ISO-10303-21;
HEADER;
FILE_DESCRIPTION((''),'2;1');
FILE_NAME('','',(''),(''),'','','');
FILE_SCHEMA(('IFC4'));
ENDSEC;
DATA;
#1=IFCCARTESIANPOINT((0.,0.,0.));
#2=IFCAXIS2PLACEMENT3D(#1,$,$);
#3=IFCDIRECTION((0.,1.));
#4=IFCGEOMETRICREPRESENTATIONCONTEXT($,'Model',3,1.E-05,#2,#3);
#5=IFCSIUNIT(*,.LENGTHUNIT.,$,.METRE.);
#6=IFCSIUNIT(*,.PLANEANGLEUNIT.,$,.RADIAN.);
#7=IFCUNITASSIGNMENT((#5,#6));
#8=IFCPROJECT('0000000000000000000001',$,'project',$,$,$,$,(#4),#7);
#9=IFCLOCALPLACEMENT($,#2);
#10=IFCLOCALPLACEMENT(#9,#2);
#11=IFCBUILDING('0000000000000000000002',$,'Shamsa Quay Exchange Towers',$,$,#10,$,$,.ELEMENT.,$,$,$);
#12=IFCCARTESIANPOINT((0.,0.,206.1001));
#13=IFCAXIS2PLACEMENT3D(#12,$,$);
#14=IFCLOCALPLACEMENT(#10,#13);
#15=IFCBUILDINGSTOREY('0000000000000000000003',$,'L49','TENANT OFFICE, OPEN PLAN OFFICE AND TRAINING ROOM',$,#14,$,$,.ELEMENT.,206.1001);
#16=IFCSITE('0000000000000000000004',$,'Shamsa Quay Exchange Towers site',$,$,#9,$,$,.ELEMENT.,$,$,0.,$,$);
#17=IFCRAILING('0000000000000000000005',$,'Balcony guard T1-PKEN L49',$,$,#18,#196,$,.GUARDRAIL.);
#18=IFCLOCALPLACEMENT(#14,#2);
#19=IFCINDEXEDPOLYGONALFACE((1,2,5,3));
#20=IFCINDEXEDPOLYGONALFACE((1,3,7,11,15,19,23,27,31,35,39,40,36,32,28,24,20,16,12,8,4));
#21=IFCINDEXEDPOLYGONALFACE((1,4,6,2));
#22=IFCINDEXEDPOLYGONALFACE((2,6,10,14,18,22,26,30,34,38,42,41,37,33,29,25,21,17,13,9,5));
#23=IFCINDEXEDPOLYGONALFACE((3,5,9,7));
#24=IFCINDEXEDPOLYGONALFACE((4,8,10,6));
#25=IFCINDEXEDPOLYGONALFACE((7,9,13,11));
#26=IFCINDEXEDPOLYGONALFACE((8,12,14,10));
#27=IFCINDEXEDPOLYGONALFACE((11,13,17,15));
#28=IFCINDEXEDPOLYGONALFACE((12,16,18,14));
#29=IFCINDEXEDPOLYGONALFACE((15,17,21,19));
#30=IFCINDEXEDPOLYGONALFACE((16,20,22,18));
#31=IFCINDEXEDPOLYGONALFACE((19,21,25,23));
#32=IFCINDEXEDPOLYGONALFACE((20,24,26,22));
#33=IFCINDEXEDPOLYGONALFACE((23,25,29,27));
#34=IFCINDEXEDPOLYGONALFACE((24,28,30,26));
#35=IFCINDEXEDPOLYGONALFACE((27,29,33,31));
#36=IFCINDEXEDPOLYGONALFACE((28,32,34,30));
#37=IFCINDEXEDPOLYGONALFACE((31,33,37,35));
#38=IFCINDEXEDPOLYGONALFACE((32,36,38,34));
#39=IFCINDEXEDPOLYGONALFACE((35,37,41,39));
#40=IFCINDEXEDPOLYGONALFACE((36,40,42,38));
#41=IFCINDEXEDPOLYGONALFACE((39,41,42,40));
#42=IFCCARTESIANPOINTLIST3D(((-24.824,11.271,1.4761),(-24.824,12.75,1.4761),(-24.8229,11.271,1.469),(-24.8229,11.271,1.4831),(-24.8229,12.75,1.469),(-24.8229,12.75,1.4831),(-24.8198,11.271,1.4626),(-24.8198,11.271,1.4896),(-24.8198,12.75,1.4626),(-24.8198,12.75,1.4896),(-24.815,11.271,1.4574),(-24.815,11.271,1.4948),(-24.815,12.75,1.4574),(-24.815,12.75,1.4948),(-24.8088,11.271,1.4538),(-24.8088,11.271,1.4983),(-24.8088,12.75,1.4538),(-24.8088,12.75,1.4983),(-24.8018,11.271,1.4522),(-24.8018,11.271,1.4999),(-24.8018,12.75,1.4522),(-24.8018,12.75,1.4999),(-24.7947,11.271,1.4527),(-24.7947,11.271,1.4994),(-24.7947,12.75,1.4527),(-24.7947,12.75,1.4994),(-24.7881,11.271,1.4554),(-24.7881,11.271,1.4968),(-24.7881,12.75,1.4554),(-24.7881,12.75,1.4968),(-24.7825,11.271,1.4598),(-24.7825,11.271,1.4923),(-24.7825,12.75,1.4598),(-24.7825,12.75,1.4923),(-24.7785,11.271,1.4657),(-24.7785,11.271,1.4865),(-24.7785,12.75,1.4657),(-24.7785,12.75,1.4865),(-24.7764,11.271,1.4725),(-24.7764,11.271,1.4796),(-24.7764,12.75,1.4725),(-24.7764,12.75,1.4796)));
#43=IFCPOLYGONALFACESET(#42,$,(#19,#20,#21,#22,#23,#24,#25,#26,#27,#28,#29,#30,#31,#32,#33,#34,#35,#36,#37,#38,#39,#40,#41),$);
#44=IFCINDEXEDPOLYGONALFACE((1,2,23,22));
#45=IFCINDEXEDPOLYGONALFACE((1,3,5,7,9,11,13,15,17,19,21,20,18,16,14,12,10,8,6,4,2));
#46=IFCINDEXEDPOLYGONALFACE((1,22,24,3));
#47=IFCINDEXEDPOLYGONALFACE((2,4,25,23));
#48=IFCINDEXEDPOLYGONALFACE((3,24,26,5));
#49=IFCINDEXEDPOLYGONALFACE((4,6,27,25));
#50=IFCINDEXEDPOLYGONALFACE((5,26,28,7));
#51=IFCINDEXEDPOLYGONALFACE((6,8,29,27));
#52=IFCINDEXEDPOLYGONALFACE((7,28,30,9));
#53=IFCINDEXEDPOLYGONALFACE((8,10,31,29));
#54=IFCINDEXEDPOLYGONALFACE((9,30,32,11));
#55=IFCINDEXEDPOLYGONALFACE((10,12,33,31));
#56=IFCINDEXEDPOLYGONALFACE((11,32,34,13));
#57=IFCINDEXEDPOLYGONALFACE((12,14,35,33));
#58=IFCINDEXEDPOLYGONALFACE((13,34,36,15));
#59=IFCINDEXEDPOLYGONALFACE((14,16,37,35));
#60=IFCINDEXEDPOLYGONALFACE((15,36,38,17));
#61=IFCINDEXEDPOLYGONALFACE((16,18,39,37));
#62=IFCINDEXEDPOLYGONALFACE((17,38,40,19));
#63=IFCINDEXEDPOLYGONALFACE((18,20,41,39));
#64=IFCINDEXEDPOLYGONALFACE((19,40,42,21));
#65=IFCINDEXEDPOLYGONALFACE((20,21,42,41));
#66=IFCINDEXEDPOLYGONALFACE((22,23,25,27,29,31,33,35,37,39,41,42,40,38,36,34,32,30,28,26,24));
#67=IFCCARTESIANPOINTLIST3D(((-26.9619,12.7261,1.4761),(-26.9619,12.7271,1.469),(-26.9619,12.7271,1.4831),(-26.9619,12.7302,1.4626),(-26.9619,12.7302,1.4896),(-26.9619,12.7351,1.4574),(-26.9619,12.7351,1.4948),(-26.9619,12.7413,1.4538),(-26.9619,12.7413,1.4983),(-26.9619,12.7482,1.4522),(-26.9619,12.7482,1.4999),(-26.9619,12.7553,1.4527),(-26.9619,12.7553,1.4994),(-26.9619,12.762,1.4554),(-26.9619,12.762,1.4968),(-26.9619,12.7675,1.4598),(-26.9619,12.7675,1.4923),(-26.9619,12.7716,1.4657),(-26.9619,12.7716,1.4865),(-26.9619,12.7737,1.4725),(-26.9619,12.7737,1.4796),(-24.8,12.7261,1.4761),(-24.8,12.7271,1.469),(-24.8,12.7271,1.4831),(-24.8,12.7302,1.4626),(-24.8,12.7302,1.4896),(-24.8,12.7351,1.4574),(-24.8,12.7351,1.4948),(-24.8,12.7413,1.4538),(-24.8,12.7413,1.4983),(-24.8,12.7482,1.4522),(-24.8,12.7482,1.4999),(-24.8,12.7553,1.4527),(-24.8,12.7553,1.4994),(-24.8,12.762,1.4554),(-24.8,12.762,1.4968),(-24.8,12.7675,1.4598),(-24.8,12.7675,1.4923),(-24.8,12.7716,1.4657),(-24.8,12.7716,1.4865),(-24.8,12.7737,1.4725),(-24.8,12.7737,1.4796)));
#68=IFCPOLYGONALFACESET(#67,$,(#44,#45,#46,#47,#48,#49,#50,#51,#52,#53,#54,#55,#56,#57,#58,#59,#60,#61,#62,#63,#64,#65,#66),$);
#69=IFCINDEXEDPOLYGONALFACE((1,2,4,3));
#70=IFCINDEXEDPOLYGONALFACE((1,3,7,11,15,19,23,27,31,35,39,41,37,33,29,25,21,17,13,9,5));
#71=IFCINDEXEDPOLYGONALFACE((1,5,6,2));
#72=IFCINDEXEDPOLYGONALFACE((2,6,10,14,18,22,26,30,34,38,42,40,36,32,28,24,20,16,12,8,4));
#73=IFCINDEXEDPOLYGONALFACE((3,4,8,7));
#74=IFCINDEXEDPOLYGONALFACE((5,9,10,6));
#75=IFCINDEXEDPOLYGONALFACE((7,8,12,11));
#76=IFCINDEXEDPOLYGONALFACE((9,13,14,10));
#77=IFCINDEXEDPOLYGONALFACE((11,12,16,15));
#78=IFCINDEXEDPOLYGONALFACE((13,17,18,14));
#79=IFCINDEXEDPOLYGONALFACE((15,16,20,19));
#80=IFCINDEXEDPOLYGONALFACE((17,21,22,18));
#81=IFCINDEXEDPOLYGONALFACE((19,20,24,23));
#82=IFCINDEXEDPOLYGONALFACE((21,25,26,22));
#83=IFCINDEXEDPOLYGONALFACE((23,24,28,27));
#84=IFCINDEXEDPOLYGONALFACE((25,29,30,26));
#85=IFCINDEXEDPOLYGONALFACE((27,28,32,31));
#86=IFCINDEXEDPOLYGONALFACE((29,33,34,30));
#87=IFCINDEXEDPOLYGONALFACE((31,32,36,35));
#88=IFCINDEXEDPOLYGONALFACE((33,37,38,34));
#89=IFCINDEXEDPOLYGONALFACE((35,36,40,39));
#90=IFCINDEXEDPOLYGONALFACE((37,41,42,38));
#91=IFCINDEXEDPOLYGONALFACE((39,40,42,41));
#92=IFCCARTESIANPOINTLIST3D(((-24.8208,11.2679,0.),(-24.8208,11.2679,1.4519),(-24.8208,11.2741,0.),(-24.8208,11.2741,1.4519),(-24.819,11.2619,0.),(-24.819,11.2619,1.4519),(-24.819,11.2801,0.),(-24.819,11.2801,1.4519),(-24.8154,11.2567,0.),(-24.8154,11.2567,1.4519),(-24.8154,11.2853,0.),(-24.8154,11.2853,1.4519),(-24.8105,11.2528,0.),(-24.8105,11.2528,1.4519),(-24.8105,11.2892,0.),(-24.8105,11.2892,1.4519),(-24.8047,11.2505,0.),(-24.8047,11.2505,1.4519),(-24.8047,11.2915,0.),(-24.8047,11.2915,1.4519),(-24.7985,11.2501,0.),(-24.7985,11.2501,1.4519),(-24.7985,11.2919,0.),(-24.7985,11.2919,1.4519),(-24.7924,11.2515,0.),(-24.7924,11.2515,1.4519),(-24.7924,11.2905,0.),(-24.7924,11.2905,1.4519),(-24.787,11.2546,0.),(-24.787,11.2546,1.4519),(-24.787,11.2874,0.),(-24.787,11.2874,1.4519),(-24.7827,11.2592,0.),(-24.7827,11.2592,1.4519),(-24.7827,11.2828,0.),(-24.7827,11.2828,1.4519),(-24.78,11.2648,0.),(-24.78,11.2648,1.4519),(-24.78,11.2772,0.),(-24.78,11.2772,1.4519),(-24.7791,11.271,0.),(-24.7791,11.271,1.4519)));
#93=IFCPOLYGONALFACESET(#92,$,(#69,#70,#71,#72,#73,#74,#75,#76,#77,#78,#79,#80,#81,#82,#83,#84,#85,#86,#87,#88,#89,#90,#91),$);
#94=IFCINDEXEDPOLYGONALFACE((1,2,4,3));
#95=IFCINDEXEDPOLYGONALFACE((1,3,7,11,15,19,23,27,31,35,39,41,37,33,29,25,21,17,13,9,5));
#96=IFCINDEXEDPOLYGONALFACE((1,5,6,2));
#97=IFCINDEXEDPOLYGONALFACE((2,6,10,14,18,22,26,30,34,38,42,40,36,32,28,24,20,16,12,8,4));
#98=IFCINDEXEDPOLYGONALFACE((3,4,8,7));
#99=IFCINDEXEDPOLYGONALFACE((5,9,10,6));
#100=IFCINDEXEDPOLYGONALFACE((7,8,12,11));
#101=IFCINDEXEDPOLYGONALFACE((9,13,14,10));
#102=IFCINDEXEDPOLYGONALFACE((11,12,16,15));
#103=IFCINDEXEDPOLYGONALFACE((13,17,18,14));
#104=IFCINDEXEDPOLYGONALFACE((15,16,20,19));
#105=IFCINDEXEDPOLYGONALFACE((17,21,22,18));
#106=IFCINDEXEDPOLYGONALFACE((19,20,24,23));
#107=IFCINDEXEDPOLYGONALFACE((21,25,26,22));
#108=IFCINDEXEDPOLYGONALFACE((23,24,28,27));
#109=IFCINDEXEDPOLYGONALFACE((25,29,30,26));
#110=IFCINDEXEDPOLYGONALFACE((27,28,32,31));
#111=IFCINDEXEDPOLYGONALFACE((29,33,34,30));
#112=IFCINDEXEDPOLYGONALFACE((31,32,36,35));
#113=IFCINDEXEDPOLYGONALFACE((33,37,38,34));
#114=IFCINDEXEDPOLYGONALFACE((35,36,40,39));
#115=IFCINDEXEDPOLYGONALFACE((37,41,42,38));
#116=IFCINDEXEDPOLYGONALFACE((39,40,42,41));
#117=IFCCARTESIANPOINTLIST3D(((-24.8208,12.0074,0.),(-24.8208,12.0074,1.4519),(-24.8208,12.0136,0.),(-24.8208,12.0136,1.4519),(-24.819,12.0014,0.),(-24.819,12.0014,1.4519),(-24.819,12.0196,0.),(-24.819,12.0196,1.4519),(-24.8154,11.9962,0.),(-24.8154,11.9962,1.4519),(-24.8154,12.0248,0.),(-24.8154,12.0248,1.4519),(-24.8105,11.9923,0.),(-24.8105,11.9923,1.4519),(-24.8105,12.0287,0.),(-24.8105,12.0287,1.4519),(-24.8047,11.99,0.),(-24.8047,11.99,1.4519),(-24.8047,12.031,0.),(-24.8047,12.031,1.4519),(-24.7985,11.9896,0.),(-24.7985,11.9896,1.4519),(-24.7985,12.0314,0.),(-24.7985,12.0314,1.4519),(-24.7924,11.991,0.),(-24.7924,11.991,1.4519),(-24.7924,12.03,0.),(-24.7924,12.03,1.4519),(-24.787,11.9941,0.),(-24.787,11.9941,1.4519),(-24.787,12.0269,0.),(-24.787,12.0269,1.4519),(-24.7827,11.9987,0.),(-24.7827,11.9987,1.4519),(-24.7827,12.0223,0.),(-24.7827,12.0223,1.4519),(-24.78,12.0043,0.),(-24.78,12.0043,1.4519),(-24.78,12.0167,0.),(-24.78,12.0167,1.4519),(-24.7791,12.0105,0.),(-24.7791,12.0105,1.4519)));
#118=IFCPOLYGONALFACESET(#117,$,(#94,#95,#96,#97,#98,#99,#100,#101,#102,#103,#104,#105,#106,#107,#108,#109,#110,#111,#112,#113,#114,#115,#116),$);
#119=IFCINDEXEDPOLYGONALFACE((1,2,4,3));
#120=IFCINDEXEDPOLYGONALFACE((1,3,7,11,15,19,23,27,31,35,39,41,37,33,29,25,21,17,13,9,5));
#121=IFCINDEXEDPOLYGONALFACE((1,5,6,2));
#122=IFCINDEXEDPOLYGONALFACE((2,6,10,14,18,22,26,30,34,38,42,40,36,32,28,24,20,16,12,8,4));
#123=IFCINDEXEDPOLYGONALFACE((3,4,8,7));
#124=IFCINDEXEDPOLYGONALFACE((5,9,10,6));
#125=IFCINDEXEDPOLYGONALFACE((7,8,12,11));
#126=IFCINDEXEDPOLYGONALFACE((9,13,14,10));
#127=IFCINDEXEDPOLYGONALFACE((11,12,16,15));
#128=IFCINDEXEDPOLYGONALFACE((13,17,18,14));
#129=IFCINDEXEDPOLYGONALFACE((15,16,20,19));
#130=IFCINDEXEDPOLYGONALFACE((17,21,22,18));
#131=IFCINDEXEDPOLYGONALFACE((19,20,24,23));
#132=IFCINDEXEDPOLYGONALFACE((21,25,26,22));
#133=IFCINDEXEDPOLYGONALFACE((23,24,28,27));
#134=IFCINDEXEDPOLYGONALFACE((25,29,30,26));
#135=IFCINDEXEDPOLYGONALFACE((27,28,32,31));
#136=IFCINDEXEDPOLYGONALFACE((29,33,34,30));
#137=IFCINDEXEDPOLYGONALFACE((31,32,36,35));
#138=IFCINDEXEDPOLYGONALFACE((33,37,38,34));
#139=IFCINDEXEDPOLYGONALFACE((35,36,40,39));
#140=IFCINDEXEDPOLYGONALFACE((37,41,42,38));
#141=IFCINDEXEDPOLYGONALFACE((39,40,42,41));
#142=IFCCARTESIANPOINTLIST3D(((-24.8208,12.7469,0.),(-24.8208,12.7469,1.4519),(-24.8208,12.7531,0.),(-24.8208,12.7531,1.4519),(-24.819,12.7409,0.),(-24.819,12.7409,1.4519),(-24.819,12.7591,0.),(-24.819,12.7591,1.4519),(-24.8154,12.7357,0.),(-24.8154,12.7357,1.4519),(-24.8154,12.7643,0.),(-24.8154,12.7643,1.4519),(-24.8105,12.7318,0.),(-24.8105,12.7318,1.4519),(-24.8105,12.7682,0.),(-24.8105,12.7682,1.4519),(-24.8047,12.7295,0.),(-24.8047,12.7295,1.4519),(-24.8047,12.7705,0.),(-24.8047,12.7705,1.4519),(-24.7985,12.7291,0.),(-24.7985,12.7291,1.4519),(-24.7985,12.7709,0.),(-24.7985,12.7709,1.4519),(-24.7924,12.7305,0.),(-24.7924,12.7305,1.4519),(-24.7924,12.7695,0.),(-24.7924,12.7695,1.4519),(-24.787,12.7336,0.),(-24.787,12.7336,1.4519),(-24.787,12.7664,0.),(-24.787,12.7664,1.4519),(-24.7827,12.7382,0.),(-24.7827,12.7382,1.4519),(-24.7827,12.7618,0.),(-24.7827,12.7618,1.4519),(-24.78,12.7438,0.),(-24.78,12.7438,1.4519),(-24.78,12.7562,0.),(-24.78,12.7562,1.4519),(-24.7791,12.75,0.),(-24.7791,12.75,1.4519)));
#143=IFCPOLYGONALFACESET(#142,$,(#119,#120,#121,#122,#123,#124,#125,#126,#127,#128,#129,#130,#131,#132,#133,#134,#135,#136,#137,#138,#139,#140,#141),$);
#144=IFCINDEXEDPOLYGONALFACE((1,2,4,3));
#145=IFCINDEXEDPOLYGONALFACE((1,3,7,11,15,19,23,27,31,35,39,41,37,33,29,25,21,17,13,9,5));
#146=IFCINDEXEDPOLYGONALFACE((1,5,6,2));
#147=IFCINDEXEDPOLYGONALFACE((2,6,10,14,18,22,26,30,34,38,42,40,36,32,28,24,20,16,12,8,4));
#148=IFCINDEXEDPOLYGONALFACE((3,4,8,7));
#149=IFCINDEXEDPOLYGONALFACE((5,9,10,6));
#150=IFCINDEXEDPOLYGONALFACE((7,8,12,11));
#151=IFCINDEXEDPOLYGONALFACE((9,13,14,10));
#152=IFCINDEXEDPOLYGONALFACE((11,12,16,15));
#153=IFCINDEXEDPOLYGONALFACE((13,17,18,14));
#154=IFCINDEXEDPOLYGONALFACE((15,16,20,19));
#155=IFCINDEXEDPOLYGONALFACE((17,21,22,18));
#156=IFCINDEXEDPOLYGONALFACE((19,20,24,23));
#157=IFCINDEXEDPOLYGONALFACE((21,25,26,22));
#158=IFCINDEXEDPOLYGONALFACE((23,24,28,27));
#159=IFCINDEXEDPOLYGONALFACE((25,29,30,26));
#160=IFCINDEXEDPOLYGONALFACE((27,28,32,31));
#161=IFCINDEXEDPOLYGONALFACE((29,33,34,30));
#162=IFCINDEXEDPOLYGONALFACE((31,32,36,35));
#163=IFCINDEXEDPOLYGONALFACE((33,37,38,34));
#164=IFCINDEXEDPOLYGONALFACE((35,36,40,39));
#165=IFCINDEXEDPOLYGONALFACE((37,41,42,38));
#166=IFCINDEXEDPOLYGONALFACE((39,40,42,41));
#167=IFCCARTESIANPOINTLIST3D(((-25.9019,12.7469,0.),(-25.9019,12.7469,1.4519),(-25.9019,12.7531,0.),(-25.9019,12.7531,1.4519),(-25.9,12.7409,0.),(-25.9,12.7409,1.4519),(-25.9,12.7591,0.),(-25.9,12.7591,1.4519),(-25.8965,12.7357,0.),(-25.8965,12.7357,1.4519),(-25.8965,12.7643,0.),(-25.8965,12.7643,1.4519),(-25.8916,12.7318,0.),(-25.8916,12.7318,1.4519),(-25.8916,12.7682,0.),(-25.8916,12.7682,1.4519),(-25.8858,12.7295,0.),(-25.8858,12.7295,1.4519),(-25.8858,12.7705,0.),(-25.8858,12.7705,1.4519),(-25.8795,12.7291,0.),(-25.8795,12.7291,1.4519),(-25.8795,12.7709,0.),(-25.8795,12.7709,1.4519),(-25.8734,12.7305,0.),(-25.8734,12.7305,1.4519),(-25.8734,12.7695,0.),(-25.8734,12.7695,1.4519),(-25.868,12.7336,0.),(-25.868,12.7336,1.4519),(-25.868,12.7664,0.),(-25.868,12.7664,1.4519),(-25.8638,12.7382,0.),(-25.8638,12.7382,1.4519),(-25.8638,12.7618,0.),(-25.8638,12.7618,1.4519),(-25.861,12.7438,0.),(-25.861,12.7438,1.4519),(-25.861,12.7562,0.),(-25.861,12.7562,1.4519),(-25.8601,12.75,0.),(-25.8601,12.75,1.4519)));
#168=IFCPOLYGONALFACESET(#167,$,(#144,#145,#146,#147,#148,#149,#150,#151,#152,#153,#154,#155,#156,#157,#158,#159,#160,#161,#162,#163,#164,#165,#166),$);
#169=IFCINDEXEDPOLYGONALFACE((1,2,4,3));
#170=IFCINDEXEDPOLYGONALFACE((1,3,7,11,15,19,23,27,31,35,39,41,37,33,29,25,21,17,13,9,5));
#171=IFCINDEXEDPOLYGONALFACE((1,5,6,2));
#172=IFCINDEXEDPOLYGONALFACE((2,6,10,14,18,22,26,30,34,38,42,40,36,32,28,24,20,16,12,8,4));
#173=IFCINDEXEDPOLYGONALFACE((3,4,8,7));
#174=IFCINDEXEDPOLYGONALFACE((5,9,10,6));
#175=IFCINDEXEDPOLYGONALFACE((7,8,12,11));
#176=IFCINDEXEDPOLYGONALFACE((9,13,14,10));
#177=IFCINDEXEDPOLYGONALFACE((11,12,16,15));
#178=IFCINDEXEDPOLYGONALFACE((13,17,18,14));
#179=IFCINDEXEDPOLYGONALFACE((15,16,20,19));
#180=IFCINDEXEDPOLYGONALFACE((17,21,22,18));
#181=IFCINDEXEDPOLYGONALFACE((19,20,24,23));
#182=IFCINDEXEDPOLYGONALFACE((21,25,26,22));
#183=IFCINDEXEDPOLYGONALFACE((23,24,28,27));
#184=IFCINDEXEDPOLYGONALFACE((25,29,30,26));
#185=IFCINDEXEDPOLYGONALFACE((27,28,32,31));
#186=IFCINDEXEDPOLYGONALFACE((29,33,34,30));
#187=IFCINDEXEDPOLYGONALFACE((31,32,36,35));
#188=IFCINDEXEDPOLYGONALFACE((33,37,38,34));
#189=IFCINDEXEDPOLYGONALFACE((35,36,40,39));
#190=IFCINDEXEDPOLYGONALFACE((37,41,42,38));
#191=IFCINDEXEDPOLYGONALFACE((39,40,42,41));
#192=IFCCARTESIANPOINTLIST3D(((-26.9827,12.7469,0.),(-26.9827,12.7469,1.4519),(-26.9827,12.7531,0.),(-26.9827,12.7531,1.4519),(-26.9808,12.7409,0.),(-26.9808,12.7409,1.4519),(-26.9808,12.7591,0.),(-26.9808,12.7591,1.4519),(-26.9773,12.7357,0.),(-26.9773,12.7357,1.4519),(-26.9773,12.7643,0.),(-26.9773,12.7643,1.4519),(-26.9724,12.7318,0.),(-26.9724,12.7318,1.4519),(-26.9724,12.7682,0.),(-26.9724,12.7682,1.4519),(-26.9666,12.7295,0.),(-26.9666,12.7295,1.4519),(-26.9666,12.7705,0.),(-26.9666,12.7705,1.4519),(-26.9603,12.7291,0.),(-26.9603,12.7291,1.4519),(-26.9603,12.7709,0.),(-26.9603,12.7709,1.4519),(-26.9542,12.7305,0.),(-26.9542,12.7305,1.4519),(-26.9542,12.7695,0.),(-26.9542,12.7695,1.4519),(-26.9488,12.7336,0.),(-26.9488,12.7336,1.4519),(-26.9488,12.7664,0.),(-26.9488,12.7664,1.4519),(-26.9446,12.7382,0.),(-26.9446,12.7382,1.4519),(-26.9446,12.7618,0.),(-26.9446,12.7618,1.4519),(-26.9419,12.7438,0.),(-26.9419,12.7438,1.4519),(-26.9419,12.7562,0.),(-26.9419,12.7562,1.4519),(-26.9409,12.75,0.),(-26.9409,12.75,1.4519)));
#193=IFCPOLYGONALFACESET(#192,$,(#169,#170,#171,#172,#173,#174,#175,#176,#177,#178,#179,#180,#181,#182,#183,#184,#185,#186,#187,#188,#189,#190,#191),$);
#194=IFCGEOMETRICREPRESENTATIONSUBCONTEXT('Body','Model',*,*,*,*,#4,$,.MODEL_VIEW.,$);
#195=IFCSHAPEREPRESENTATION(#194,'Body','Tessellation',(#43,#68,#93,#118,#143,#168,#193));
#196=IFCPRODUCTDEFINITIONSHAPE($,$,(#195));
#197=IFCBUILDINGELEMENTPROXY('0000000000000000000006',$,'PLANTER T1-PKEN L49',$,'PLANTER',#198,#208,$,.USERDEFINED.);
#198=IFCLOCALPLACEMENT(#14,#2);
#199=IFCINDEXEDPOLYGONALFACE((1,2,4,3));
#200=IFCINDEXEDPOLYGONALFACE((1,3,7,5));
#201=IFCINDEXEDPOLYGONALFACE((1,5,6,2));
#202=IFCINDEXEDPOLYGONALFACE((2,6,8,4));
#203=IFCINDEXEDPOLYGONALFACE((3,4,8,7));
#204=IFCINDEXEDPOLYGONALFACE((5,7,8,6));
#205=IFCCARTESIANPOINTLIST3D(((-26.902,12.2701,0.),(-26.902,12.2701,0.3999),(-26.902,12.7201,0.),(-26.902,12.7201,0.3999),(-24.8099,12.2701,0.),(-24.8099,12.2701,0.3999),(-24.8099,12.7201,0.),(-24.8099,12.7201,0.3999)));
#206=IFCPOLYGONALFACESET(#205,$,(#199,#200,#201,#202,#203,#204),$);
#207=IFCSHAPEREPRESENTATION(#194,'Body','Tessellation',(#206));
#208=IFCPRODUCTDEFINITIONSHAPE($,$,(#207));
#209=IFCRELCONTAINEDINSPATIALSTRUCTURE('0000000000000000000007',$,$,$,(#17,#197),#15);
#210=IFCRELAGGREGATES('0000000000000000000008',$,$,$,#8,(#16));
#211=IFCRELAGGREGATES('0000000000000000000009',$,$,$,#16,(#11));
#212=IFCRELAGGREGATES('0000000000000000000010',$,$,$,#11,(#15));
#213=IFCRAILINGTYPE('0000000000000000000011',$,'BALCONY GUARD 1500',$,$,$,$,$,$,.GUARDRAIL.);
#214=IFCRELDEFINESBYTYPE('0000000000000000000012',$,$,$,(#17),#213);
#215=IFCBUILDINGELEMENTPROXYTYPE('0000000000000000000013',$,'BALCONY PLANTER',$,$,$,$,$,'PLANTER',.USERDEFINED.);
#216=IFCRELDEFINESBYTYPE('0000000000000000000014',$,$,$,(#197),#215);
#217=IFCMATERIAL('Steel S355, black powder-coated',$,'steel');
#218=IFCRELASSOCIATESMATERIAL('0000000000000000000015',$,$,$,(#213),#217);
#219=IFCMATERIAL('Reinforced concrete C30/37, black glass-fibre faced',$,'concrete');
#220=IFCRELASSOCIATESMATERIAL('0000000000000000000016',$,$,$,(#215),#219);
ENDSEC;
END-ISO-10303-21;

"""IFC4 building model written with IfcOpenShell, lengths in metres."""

from ifc_helpers import new_model, si_unit, direction, frame, origin, origin_2d, place, context, subcontext, project, spatial, rectangle, circle, extrude, material, type_object, element, save


model = new_model("IFC4")

# Units and contexts
model_context = context("Model", 3, precision=1e-05, world=origin(), true_north=direction((0.0, 1.0)))
body_context = subcontext(model_context, "Body", "Model", "MODEL_VIEW")
ifc_project = project(units=[si_unit("LENGTHUNIT", "METRE"), si_unit("PLANEANGLEUNIT", "RADIAN")], contexts=[model_context])

# Site, building, storey
site_placement = place(None, origin())
site = spatial("IfcSite", under=ifc_project, at=site_placement, Name="Shamsa Quay Exchange Towers site", CompositionType="ELEMENT", RefElevation=0.0)
building_placement = place(site_placement, origin())
building = spatial("IfcBuilding", under=site, at=building_placement, Name="Shamsa Quay Exchange Towers", CompositionType="ELEMENT")
storey_placement = place(building_placement, frame((0.0, 0.0, 206.1001)))
storey = spatial("IfcBuildingStorey", under=building, at=storey_placement, Name="L49", Description="TENANT OFFICE, OPEN PLAN OFFICE AND TRAINING ROOM", CompositionType="ELEMENT", Elevation=206.1001)

# Railing
ifc_material_1 = material(Name="Steel S355, black powder-coated", Category="steel")
railing_type = type_object("IfcRailingType", Name="BALCONY GUARD 1500", PredefinedType="GUARDRAIL", material=ifc_material_1)
railing_placement = place(storey_placement, frame((-24.8, 11.271, 0.0)))
element("IfcRailing", 1, at=railing_placement, inside=storey, type_object=railing_type, Name="Balcony guard T1-PKEN L49", PredefinedType="GUARDRAIL", context=body_context, shape_type="SweptSolid", body=[
    extrude(circle(Radius=0.0239, at=origin_2d()), frame((0.0, 0.0, 1.4761), z_axis=(0.0, 1.0, 0.0), x_axis=(-1.0, 0.0, 0.0)), (0.0, 0.0, 1.0), 1.479),
    extrude(circle(Radius=0.0239, at=origin_2d()), frame((0.0, 1.479, 1.4761), z_axis=(-1.0, 0.0, 0.0), x_axis=(0.0, -1.0, 0.0)), (0.0, 0.0, 1.0), 2.1619),
    extrude(circle(Radius=0.021, at=origin_2d()), origin(), (0.0, 0.0, 1.0), 1.4519),
    extrude(circle(Radius=0.021, at=origin_2d()), frame((0.0, 0.7395, 0.0)), (0.0, 0.0, 1.0), 1.4519),
    extrude(circle(Radius=0.021, at=origin_2d()), frame((0.0, 1.479, 0.0)), (0.0, 0.0, 1.0), 1.4519),
    extrude(circle(Radius=0.021, at=origin_2d()), frame((-1.0811, 1.479, 0.0)), (0.0, 0.0, 1.0), 1.4519),
    extrude(circle(Radius=0.021, at=origin_2d()), frame((-2.1619, 1.479, 0.0)), (0.0, 0.0, 1.0), 1.4519),
])

# Building element proxy
ifc_material_2 = material(Name="Reinforced concrete C30/37, black glass-fibre faced", Category="concrete")
building_element_proxy_type = type_object("IfcBuildingElementProxyType", Name="BALCONY PLANTER", ElementType="PLANTER", PredefinedType="USERDEFINED", material=ifc_material_2)
proxy_placement = place(storey_placement, frame((-25.856, 12.4951, 0.0), z_axis=(0.0, 0.0, 1.0), x_axis=(-1.0, 0.0, 0.0)))
element("IfcBuildingElementProxy", 2, at=proxy_placement, inside=storey, type_object=building_element_proxy_type, Name="PLANTER T1-PKEN L49", ObjectType="PLANTER", PredefinedType="USERDEFINED", context=body_context, shape_type="SweptSolid", body=[
    extrude(rectangle(XDim=2.092, YDim=0.45, at=origin_2d()), origin(), (0.0, 0.0, 1.0), 0.3999),
])

save(model, "model.ifc")
